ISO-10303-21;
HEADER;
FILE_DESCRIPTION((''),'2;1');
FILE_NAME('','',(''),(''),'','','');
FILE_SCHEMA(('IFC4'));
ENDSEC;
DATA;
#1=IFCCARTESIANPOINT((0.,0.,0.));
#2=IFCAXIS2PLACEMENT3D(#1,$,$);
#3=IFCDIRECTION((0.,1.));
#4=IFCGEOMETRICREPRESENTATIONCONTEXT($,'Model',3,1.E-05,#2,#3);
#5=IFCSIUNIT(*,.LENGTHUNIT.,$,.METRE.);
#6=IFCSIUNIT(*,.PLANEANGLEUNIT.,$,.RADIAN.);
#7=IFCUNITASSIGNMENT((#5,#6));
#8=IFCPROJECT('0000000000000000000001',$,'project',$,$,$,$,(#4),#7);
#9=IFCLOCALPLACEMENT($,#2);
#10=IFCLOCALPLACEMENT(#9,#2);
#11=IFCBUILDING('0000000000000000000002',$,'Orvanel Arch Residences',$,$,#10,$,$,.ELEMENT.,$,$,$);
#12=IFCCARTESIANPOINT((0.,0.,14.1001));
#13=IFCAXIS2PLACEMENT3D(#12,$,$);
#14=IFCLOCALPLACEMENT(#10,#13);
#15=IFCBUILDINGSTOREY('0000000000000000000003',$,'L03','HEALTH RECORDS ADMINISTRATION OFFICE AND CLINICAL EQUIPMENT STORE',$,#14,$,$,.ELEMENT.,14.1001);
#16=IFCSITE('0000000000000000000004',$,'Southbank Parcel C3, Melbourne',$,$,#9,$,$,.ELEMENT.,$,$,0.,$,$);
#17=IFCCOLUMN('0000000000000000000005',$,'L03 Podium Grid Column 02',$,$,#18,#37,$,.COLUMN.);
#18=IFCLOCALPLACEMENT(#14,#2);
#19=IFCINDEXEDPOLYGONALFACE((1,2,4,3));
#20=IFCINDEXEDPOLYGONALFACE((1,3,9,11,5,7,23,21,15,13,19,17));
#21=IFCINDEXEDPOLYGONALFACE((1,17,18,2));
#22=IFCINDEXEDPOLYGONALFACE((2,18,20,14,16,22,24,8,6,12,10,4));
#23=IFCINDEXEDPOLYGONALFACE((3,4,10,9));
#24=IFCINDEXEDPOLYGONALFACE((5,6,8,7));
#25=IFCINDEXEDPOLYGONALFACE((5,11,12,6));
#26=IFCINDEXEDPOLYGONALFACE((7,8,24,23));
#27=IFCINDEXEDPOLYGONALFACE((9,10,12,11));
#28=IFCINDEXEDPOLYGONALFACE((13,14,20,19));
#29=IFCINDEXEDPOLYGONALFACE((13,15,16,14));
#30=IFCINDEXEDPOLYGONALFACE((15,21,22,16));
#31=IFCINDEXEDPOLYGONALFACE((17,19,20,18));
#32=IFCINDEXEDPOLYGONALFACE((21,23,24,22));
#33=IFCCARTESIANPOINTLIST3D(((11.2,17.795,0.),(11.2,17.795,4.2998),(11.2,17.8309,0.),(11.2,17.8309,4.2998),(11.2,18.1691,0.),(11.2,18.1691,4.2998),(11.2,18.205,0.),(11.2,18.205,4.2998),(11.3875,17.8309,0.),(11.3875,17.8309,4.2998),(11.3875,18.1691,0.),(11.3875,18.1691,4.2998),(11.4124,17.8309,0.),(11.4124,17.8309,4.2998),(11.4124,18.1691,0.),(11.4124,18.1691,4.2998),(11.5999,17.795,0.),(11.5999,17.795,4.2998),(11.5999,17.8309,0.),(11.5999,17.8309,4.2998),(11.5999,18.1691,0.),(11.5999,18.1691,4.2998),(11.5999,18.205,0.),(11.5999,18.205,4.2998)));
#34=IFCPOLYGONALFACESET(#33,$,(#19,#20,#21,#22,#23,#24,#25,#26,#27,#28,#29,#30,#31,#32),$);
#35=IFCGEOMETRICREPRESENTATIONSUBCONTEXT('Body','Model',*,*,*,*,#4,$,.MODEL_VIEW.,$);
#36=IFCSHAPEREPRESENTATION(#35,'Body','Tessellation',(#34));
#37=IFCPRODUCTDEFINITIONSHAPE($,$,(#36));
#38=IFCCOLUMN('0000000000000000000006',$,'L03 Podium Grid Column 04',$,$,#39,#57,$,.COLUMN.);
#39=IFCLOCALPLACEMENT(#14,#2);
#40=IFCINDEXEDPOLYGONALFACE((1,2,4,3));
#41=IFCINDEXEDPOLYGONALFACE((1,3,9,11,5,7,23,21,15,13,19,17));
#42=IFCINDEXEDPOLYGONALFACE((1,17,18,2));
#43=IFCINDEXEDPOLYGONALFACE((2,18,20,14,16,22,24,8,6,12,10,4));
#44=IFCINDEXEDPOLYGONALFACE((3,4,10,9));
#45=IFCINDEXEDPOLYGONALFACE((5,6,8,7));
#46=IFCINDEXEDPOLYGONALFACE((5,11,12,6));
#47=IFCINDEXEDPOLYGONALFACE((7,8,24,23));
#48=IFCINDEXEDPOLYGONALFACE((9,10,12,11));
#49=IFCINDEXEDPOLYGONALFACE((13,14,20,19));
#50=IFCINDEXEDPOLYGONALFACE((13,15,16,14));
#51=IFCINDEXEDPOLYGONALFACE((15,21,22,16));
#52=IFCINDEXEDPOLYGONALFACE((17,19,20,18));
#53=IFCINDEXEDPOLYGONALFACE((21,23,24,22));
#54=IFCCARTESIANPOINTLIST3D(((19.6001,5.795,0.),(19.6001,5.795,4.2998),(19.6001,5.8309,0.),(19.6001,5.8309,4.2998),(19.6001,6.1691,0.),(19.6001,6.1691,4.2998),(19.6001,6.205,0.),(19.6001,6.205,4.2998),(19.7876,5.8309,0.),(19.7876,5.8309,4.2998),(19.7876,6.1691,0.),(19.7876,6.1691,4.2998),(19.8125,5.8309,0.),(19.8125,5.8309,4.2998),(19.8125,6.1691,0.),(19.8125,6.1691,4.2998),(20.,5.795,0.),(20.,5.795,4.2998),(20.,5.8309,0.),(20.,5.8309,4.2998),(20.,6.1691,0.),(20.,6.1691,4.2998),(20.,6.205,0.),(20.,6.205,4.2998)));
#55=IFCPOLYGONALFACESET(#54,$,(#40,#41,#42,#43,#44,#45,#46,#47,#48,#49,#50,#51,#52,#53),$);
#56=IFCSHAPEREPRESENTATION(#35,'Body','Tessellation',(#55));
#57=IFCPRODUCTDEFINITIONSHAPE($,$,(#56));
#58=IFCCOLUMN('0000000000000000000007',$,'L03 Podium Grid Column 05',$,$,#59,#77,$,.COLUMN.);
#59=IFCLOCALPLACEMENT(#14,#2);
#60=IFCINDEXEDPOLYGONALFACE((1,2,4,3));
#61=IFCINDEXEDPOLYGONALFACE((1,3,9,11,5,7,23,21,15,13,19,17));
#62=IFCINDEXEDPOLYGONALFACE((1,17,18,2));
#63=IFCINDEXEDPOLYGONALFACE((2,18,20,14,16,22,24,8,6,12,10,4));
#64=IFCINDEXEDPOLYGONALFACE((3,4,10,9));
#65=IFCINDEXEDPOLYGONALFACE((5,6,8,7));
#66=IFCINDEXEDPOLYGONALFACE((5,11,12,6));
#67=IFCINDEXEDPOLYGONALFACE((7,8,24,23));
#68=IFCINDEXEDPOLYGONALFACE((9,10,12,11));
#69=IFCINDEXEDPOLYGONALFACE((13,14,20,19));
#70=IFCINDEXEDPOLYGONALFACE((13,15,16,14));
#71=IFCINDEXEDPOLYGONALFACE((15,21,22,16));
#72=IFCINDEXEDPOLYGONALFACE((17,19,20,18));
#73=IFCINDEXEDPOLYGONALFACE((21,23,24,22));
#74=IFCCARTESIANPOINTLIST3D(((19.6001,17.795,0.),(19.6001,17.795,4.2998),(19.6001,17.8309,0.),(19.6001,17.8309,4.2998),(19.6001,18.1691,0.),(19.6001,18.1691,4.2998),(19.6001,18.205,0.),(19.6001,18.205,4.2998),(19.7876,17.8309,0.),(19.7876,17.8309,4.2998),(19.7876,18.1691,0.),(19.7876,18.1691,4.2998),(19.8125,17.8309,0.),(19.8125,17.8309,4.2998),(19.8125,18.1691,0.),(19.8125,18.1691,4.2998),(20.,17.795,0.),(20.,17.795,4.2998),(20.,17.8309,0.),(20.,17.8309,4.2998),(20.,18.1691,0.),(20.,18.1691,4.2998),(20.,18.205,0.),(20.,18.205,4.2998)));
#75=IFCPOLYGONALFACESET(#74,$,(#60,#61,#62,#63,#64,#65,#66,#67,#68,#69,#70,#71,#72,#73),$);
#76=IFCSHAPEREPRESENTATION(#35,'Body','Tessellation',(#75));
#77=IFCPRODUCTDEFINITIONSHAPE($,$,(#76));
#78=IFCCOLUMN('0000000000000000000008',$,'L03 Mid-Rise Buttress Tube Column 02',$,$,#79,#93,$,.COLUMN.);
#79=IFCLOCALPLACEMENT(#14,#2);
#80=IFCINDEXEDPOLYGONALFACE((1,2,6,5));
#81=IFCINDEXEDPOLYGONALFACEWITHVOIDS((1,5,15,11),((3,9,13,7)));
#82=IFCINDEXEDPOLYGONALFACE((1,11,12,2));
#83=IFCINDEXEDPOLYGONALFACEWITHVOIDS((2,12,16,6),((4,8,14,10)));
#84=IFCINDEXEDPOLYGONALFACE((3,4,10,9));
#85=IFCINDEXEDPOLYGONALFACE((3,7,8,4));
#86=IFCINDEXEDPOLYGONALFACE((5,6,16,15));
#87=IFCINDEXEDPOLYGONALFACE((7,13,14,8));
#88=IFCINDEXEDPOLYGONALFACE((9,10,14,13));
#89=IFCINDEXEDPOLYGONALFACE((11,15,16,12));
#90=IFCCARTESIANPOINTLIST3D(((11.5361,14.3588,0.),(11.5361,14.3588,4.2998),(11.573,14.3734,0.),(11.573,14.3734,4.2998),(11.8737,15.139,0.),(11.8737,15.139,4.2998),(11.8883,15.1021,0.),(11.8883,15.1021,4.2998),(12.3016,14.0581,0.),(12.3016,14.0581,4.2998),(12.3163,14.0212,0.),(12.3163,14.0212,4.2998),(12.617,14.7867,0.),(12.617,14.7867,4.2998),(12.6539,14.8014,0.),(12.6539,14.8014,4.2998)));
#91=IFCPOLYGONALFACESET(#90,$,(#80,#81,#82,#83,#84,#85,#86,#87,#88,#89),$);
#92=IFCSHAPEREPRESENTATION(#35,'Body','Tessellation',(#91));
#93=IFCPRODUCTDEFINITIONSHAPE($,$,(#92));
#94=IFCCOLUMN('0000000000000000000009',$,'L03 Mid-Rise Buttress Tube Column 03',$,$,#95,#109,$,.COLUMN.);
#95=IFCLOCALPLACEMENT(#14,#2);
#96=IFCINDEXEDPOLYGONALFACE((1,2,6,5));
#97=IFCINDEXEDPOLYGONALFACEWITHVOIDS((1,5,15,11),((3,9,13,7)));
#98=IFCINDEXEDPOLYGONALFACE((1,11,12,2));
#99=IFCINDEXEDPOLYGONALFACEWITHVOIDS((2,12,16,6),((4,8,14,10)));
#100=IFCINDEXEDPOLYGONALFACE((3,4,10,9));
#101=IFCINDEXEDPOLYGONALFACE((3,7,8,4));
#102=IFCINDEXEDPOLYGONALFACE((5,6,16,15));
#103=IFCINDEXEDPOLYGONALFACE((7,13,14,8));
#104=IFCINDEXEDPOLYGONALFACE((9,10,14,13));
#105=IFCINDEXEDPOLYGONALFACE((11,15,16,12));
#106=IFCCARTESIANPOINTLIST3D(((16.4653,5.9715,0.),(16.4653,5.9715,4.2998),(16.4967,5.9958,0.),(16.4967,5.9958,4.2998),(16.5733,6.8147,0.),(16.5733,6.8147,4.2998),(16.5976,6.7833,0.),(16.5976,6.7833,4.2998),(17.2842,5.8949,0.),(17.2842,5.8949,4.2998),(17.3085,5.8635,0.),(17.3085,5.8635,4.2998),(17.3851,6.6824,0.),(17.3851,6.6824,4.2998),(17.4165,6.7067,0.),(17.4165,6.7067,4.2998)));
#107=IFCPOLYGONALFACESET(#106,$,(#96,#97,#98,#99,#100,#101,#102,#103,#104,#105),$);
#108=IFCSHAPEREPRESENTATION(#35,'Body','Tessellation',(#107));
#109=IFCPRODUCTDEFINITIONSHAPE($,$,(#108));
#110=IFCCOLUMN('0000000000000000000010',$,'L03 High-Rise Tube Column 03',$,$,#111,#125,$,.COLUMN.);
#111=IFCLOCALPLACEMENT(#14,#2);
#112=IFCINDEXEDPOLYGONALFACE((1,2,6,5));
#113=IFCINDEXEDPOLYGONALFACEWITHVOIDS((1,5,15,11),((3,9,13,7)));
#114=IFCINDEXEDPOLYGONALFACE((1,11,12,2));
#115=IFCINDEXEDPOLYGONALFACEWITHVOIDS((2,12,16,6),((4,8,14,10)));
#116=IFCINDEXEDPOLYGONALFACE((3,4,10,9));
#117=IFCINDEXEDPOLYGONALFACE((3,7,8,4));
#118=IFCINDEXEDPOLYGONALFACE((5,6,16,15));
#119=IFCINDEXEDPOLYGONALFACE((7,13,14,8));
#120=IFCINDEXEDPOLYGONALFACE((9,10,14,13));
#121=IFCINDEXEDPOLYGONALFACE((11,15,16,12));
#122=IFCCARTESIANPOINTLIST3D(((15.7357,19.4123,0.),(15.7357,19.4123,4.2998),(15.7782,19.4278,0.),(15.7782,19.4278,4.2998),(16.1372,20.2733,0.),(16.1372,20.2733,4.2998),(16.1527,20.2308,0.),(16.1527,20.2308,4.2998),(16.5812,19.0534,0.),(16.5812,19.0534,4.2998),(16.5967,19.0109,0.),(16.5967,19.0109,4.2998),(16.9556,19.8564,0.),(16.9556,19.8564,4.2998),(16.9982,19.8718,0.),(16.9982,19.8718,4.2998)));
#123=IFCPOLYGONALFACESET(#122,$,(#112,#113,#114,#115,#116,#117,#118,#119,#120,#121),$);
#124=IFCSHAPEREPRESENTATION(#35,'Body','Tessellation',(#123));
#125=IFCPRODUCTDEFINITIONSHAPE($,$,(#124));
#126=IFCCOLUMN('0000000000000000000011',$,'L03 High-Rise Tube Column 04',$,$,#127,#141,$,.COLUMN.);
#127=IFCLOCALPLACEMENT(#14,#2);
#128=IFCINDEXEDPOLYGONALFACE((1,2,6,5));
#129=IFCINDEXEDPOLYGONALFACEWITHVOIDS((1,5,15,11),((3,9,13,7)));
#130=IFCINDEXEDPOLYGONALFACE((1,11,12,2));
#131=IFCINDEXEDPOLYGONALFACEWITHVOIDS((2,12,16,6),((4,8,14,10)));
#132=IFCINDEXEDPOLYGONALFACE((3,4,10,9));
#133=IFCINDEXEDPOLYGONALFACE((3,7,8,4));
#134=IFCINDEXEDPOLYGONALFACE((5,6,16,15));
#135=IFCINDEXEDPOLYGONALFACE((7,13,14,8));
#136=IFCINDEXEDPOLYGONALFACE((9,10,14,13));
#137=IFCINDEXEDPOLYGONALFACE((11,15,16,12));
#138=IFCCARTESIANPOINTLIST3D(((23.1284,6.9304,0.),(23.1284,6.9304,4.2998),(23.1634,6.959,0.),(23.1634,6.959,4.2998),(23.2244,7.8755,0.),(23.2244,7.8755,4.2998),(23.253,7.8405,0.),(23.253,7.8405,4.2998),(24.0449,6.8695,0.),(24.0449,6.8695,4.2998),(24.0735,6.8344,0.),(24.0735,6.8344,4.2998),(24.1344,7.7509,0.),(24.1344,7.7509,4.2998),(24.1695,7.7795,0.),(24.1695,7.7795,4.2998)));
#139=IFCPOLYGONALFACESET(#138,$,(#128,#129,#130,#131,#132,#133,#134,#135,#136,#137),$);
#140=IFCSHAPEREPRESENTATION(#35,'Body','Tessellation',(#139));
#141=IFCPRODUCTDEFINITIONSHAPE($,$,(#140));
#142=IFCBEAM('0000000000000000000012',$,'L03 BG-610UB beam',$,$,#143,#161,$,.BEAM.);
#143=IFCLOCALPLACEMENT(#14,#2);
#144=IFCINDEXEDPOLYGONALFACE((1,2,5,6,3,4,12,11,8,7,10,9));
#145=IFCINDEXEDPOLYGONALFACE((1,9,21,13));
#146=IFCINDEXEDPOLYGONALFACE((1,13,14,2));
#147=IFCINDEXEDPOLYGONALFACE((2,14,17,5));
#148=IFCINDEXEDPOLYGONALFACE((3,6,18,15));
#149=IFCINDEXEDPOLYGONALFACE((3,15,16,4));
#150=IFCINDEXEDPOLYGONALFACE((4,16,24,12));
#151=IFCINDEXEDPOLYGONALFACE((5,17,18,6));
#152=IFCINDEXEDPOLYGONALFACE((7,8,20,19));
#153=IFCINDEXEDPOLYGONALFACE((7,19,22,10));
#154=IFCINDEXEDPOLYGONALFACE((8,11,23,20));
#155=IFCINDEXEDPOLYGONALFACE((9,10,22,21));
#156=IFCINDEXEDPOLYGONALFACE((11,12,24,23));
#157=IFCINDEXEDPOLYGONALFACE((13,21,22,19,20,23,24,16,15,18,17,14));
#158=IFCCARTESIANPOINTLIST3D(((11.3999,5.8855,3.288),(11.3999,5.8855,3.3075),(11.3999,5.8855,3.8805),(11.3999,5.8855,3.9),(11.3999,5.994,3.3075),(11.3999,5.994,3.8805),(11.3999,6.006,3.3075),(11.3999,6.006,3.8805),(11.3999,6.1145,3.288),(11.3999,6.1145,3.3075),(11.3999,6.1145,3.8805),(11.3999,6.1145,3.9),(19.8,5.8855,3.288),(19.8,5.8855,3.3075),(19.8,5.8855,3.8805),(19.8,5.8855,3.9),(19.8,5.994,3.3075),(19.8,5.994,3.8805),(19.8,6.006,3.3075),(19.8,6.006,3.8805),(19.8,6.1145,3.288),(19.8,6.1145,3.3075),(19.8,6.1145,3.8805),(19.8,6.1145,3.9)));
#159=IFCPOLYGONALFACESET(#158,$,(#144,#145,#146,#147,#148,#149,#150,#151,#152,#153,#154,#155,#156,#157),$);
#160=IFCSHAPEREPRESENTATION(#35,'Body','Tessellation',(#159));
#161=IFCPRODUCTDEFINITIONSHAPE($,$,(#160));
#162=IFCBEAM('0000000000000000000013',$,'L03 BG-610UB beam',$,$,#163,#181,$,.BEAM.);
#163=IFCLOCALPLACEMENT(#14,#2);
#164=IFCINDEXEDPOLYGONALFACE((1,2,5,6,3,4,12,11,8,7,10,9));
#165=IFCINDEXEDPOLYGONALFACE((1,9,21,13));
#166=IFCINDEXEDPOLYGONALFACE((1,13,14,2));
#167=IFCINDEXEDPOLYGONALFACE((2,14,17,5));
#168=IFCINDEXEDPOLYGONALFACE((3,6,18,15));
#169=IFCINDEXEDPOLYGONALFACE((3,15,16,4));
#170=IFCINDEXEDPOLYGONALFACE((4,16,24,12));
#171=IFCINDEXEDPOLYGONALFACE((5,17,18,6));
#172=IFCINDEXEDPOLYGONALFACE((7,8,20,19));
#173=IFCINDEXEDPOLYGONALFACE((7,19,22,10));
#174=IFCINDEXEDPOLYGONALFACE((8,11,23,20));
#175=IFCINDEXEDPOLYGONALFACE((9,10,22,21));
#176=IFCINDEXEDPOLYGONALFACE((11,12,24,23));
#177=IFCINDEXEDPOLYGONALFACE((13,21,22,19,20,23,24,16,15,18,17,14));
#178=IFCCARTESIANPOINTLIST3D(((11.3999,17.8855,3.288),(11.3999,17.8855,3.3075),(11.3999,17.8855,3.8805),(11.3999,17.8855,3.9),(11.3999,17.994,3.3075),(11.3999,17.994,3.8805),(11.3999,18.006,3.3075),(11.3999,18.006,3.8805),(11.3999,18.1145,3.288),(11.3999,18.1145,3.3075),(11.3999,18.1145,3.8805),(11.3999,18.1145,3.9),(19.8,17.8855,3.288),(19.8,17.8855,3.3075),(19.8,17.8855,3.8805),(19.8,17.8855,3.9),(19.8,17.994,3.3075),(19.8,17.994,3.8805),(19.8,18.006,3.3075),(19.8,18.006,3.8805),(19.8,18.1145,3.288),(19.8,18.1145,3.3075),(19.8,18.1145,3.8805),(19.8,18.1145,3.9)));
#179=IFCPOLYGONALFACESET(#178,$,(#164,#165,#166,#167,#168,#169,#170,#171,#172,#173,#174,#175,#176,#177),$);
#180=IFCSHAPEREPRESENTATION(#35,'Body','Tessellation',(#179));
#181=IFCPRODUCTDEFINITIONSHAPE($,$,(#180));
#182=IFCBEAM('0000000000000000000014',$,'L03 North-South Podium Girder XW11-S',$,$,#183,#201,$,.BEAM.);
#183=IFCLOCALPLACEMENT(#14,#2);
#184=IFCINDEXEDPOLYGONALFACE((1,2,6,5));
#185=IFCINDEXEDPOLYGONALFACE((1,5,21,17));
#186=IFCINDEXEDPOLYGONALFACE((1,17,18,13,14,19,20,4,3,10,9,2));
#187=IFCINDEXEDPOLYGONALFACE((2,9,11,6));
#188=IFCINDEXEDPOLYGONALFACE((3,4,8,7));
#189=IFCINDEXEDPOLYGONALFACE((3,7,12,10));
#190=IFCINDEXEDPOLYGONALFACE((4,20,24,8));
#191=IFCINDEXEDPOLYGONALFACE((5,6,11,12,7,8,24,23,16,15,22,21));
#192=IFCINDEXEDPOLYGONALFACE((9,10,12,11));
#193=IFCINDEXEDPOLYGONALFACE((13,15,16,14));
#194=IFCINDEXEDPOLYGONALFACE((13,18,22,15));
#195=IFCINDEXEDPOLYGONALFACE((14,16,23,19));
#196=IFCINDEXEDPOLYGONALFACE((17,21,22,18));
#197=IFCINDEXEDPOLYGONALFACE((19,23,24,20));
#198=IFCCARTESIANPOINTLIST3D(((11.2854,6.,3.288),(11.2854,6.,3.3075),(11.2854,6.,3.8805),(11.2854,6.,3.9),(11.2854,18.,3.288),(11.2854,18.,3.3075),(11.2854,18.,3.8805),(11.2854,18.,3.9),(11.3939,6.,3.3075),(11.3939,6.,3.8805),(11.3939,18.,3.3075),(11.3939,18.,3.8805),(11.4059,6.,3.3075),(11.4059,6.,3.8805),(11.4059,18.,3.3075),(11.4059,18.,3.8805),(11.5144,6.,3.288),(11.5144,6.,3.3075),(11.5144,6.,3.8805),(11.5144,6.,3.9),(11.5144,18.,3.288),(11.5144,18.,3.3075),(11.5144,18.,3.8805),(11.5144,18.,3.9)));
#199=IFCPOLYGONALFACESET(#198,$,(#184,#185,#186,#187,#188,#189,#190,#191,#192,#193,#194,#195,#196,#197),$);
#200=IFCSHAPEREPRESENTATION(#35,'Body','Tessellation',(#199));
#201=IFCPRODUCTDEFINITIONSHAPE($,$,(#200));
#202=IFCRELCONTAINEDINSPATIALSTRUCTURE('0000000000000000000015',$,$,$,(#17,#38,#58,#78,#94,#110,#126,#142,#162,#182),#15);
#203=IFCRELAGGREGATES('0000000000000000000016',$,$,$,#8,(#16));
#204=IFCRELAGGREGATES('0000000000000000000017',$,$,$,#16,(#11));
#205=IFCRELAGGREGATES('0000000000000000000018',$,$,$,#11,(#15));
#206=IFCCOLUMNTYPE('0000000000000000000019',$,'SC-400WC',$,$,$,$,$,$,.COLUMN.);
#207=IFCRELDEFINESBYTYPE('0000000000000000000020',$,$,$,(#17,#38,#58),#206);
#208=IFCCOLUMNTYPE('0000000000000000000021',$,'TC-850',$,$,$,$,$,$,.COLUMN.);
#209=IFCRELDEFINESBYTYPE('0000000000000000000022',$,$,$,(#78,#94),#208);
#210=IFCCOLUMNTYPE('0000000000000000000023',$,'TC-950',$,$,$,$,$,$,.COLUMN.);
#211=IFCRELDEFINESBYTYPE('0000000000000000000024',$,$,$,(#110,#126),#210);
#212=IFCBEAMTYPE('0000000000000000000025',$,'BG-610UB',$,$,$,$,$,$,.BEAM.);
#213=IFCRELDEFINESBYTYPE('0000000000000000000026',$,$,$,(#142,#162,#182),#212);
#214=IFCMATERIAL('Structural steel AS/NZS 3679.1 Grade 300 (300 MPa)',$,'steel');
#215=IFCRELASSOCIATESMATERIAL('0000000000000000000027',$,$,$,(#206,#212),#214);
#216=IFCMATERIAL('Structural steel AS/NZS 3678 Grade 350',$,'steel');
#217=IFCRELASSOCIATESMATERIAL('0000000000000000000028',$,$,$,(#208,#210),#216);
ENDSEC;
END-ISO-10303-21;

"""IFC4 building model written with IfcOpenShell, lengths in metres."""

from ifc_helpers import new_model, si_unit, direction, frame, origin, origin_2d, place, context, subcontext, project, spatial, hollow_rectangle, i_section, extrude, material, material_profile, profile_set, type_object, element, save


model = new_model("IFC4")

# Units and contexts
model_context = context("Model", 3, precision=1e-05, world=origin(), true_north=direction((0.0, 1.0)))
body_context = subcontext(model_context, "Body", "Model", "MODEL_VIEW")
ifc_project = project(units=[si_unit("LENGTHUNIT", "METRE"), si_unit("PLANEANGLEUNIT", "RADIAN")], contexts=[model_context])

# Site, building, storey
site_placement = place(None, origin())
site = spatial("IfcSite", under=ifc_project, at=site_placement, Name="Southbank Parcel C3, Melbourne", CompositionType="ELEMENT", RefElevation=0.0)
building_placement = place(site_placement, origin())
building = spatial("IfcBuilding", under=site, at=building_placement, Name="Orvanel Arch Residences", CompositionType="ELEMENT")
storey_placement = place(building_placement, frame((0.0, 0.0, 14.1001)))
storey = spatial("IfcBuildingStorey", under=building, at=storey_placement, Name="L03", Description="HEALTH RECORDS ADMINISTRATION OFFICE AND CLINICAL EQUIPMENT STORE", CompositionType="ELEMENT", Elevation=14.1001)

# Columns
ifc_material_1 = material(Name="Structural steel AS/NZS 3679.1 Grade 300 (300 MPa)", Category="steel")
ifc_material_profile_1 = material_profile(ifc_material_1, i_section(OverallWidth=0.3999, OverallDepth=0.4099, WebThickness=0.0249, FlangeThickness=0.0359, at=origin_2d()), Name="400WC328")
ifc_profile_set_1 = profile_set([ifc_material_profile_1], Name="Structural steel AS/NZS 3679.1 Grade 300 (300 MPa)")
column_type_1 = type_object("IfcColumnType", Name="SC-400WC", PredefinedType="COLUMN", material=ifc_profile_set_1)
for number, where, z_axis, x_axis, name in (
    (1, (11.3999, 18.0, 0.0), (0.0, 0.0, 1.0), (1.0, 0.0, 0.0), "L03 Podium Grid Column 02"),
    (2, (19.8, 6.0, 0.0), (0.0, 0.0, 1.0), (1.0, 0.0, 0.0), "L03 Podium Grid Column 04"),
    (3, (19.8, 18.0, 0.0), (0.0, 0.0, 1.0), (1.0, 0.0, 0.0), "L03 Podium Grid Column 05"),
):
    element("IfcColumn", number, at=place(storey_placement, frame(where, z_axis=z_axis, x_axis=x_axis)), inside=storey, type_object=column_type_1, Name=name, PredefinedType="COLUMN", context=body_context, shape_type="SweptSolid", body=[
        extrude(i_section(OverallWidth=0.3999, OverallDepth=0.4099, WebThickness=0.0249, FlangeThickness=0.0359, at=origin_2d()), origin(), (0.0, 0.0, 1.0), 4.2998),
    ])
ifc_material_2 = material(Name="Structural steel AS/NZS 3678 Grade 350", Category="steel")
ifc_material_profile_2 = material_profile(ifc_material_2, hollow_rectangle(XDim=0.8501, YDim=0.8501, WallThickness=0.0281, at=origin_2d()), Name="BOX850x850x28")
ifc_profile_set_2 = profile_set([ifc_material_profile_2], Name="Structural steel AS/NZS 3678 Grade 350")
column_type_2 = type_object("IfcColumnType", Name="TC-850", PredefinedType="COLUMN", material=ifc_profile_set_2)
for number, where, z_axis, x_axis, name in (
    (4, (12.095, 14.5801, 0.0), (0.0, 0.0, 1.0), (0.397148, 0.917755, 0.0), "L03 Mid-Rise Buttress Tube Column 02"),
    (5, (16.9409, 6.3391, 0.0), (0.0, 0.0, 1.0), (-0.991894, 0.127065, 0.0), "L03 Mid-Rise Buttress Tube Column 03"),
):
    element("IfcColumn", number, at=place(storey_placement, frame(where, z_axis=z_axis, x_axis=x_axis)), inside=storey, type_object=column_type_2, Name=name, PredefinedType="COLUMN", context=body_context, shape_type="SweptSolid", body=[
        extrude(hollow_rectangle(XDim=0.8501, YDim=0.8501, WallThickness=0.0281, at=origin_2d()), origin(), (0.0, 0.0, 1.0), 4.2998),
    ])
ifc_material_profile_3 = material_profile(ifc_material_2, hollow_rectangle(XDim=0.95, YDim=0.95, WallThickness=0.032, at=origin_2d()), Name="BOX950x950x32")
ifc_profile_set_3 = profile_set([ifc_material_profile_3], Name="Structural steel AS/NZS 3678 Grade 350")
column_type_3 = type_object("IfcColumnType", Name="TC-950", PredefinedType="COLUMN", material=ifc_profile_set_3)
for number, where, z_axis, x_axis, name in (
    (6, (16.3669, 19.6421, 0.0), (0.0, 0.0, 1.0), (0.422618, 0.906308, 0.0), "L03 High-Rise Tube Column 03"),
    (7, (23.6489, 7.355, 0.0), (0.0, 0.0, 1.0), (-0.994881, 0.101056, 0.0), "L03 High-Rise Tube Column 04"),
):
    element("IfcColumn", number, at=place(storey_placement, frame(where, z_axis=z_axis, x_axis=x_axis)), inside=storey, type_object=column_type_3, Name=name, PredefinedType="COLUMN", context=body_context, shape_type="SweptSolid", body=[
        extrude(hollow_rectangle(XDim=0.95, YDim=0.95, WallThickness=0.032, at=origin_2d()), origin(), (0.0, 0.0, 1.0), 4.2998),
    ])

# Beams
ifc_material_profile_4 = material_profile(ifc_material_1, i_section(OverallWidth=0.229, OverallDepth=0.6121, WebThickness=0.012, FlangeThickness=0.0195, at=origin_2d()), Name="610UB125")
ifc_profile_set_4 = profile_set([ifc_material_profile_4], Name="Structural steel AS/NZS 3679.1 Grade 300 (300 MPa)")
beam_type = type_object("IfcBeamType", Name="BG-610UB", PredefinedType="BEAM", material=ifc_profile_set_4)
for number, where, z_axis, x_axis, name in (
    (8, (11.3999, 6.0, 3.594), (1.0, 0.0, 0.0), (0.0, 1.0, 0.0), "L03 BG-610UB beam"),
    (9, (11.3999, 18.0, 3.594), (1.0, 0.0, 0.0), (0.0, 1.0, 0.0), "L03 BG-610UB beam"),
):
    element("IfcBeam", number, at=place(storey_placement, frame(where, z_axis=z_axis, x_axis=x_axis)), inside=storey, type_object=beam_type, Name=name, PredefinedType="BEAM", context=body_context, shape_type="SweptSolid", body=[
        extrude(i_section(OverallWidth=0.229, OverallDepth=0.6121, WebThickness=0.012, FlangeThickness=0.0195, at=origin_2d()), origin(), (0.0, 0.0, 1.0), 8.4001),
    ])
for number, where, z_axis, x_axis, name in (
    (10, (11.3999, 6.0, 3.594), (0.0, 1.0, 0.0), (-1.0, 0.0, 0.0), "L03 North-South Podium Girder XW11-S"),
):
    element("IfcBeam", number, at=place(storey_placement, frame(where, z_axis=z_axis, x_axis=x_axis)), inside=storey, type_object=beam_type, Name=name, PredefinedType="BEAM", context=body_context, shape_type="SweptSolid", body=[
        extrude(i_section(OverallWidth=0.229, OverallDepth=0.6121, WebThickness=0.012, FlangeThickness=0.0195, at=origin_2d()), origin(), (0.0, 0.0, 1.0), 12.0),
    ])

save(model, "model.ifc")
